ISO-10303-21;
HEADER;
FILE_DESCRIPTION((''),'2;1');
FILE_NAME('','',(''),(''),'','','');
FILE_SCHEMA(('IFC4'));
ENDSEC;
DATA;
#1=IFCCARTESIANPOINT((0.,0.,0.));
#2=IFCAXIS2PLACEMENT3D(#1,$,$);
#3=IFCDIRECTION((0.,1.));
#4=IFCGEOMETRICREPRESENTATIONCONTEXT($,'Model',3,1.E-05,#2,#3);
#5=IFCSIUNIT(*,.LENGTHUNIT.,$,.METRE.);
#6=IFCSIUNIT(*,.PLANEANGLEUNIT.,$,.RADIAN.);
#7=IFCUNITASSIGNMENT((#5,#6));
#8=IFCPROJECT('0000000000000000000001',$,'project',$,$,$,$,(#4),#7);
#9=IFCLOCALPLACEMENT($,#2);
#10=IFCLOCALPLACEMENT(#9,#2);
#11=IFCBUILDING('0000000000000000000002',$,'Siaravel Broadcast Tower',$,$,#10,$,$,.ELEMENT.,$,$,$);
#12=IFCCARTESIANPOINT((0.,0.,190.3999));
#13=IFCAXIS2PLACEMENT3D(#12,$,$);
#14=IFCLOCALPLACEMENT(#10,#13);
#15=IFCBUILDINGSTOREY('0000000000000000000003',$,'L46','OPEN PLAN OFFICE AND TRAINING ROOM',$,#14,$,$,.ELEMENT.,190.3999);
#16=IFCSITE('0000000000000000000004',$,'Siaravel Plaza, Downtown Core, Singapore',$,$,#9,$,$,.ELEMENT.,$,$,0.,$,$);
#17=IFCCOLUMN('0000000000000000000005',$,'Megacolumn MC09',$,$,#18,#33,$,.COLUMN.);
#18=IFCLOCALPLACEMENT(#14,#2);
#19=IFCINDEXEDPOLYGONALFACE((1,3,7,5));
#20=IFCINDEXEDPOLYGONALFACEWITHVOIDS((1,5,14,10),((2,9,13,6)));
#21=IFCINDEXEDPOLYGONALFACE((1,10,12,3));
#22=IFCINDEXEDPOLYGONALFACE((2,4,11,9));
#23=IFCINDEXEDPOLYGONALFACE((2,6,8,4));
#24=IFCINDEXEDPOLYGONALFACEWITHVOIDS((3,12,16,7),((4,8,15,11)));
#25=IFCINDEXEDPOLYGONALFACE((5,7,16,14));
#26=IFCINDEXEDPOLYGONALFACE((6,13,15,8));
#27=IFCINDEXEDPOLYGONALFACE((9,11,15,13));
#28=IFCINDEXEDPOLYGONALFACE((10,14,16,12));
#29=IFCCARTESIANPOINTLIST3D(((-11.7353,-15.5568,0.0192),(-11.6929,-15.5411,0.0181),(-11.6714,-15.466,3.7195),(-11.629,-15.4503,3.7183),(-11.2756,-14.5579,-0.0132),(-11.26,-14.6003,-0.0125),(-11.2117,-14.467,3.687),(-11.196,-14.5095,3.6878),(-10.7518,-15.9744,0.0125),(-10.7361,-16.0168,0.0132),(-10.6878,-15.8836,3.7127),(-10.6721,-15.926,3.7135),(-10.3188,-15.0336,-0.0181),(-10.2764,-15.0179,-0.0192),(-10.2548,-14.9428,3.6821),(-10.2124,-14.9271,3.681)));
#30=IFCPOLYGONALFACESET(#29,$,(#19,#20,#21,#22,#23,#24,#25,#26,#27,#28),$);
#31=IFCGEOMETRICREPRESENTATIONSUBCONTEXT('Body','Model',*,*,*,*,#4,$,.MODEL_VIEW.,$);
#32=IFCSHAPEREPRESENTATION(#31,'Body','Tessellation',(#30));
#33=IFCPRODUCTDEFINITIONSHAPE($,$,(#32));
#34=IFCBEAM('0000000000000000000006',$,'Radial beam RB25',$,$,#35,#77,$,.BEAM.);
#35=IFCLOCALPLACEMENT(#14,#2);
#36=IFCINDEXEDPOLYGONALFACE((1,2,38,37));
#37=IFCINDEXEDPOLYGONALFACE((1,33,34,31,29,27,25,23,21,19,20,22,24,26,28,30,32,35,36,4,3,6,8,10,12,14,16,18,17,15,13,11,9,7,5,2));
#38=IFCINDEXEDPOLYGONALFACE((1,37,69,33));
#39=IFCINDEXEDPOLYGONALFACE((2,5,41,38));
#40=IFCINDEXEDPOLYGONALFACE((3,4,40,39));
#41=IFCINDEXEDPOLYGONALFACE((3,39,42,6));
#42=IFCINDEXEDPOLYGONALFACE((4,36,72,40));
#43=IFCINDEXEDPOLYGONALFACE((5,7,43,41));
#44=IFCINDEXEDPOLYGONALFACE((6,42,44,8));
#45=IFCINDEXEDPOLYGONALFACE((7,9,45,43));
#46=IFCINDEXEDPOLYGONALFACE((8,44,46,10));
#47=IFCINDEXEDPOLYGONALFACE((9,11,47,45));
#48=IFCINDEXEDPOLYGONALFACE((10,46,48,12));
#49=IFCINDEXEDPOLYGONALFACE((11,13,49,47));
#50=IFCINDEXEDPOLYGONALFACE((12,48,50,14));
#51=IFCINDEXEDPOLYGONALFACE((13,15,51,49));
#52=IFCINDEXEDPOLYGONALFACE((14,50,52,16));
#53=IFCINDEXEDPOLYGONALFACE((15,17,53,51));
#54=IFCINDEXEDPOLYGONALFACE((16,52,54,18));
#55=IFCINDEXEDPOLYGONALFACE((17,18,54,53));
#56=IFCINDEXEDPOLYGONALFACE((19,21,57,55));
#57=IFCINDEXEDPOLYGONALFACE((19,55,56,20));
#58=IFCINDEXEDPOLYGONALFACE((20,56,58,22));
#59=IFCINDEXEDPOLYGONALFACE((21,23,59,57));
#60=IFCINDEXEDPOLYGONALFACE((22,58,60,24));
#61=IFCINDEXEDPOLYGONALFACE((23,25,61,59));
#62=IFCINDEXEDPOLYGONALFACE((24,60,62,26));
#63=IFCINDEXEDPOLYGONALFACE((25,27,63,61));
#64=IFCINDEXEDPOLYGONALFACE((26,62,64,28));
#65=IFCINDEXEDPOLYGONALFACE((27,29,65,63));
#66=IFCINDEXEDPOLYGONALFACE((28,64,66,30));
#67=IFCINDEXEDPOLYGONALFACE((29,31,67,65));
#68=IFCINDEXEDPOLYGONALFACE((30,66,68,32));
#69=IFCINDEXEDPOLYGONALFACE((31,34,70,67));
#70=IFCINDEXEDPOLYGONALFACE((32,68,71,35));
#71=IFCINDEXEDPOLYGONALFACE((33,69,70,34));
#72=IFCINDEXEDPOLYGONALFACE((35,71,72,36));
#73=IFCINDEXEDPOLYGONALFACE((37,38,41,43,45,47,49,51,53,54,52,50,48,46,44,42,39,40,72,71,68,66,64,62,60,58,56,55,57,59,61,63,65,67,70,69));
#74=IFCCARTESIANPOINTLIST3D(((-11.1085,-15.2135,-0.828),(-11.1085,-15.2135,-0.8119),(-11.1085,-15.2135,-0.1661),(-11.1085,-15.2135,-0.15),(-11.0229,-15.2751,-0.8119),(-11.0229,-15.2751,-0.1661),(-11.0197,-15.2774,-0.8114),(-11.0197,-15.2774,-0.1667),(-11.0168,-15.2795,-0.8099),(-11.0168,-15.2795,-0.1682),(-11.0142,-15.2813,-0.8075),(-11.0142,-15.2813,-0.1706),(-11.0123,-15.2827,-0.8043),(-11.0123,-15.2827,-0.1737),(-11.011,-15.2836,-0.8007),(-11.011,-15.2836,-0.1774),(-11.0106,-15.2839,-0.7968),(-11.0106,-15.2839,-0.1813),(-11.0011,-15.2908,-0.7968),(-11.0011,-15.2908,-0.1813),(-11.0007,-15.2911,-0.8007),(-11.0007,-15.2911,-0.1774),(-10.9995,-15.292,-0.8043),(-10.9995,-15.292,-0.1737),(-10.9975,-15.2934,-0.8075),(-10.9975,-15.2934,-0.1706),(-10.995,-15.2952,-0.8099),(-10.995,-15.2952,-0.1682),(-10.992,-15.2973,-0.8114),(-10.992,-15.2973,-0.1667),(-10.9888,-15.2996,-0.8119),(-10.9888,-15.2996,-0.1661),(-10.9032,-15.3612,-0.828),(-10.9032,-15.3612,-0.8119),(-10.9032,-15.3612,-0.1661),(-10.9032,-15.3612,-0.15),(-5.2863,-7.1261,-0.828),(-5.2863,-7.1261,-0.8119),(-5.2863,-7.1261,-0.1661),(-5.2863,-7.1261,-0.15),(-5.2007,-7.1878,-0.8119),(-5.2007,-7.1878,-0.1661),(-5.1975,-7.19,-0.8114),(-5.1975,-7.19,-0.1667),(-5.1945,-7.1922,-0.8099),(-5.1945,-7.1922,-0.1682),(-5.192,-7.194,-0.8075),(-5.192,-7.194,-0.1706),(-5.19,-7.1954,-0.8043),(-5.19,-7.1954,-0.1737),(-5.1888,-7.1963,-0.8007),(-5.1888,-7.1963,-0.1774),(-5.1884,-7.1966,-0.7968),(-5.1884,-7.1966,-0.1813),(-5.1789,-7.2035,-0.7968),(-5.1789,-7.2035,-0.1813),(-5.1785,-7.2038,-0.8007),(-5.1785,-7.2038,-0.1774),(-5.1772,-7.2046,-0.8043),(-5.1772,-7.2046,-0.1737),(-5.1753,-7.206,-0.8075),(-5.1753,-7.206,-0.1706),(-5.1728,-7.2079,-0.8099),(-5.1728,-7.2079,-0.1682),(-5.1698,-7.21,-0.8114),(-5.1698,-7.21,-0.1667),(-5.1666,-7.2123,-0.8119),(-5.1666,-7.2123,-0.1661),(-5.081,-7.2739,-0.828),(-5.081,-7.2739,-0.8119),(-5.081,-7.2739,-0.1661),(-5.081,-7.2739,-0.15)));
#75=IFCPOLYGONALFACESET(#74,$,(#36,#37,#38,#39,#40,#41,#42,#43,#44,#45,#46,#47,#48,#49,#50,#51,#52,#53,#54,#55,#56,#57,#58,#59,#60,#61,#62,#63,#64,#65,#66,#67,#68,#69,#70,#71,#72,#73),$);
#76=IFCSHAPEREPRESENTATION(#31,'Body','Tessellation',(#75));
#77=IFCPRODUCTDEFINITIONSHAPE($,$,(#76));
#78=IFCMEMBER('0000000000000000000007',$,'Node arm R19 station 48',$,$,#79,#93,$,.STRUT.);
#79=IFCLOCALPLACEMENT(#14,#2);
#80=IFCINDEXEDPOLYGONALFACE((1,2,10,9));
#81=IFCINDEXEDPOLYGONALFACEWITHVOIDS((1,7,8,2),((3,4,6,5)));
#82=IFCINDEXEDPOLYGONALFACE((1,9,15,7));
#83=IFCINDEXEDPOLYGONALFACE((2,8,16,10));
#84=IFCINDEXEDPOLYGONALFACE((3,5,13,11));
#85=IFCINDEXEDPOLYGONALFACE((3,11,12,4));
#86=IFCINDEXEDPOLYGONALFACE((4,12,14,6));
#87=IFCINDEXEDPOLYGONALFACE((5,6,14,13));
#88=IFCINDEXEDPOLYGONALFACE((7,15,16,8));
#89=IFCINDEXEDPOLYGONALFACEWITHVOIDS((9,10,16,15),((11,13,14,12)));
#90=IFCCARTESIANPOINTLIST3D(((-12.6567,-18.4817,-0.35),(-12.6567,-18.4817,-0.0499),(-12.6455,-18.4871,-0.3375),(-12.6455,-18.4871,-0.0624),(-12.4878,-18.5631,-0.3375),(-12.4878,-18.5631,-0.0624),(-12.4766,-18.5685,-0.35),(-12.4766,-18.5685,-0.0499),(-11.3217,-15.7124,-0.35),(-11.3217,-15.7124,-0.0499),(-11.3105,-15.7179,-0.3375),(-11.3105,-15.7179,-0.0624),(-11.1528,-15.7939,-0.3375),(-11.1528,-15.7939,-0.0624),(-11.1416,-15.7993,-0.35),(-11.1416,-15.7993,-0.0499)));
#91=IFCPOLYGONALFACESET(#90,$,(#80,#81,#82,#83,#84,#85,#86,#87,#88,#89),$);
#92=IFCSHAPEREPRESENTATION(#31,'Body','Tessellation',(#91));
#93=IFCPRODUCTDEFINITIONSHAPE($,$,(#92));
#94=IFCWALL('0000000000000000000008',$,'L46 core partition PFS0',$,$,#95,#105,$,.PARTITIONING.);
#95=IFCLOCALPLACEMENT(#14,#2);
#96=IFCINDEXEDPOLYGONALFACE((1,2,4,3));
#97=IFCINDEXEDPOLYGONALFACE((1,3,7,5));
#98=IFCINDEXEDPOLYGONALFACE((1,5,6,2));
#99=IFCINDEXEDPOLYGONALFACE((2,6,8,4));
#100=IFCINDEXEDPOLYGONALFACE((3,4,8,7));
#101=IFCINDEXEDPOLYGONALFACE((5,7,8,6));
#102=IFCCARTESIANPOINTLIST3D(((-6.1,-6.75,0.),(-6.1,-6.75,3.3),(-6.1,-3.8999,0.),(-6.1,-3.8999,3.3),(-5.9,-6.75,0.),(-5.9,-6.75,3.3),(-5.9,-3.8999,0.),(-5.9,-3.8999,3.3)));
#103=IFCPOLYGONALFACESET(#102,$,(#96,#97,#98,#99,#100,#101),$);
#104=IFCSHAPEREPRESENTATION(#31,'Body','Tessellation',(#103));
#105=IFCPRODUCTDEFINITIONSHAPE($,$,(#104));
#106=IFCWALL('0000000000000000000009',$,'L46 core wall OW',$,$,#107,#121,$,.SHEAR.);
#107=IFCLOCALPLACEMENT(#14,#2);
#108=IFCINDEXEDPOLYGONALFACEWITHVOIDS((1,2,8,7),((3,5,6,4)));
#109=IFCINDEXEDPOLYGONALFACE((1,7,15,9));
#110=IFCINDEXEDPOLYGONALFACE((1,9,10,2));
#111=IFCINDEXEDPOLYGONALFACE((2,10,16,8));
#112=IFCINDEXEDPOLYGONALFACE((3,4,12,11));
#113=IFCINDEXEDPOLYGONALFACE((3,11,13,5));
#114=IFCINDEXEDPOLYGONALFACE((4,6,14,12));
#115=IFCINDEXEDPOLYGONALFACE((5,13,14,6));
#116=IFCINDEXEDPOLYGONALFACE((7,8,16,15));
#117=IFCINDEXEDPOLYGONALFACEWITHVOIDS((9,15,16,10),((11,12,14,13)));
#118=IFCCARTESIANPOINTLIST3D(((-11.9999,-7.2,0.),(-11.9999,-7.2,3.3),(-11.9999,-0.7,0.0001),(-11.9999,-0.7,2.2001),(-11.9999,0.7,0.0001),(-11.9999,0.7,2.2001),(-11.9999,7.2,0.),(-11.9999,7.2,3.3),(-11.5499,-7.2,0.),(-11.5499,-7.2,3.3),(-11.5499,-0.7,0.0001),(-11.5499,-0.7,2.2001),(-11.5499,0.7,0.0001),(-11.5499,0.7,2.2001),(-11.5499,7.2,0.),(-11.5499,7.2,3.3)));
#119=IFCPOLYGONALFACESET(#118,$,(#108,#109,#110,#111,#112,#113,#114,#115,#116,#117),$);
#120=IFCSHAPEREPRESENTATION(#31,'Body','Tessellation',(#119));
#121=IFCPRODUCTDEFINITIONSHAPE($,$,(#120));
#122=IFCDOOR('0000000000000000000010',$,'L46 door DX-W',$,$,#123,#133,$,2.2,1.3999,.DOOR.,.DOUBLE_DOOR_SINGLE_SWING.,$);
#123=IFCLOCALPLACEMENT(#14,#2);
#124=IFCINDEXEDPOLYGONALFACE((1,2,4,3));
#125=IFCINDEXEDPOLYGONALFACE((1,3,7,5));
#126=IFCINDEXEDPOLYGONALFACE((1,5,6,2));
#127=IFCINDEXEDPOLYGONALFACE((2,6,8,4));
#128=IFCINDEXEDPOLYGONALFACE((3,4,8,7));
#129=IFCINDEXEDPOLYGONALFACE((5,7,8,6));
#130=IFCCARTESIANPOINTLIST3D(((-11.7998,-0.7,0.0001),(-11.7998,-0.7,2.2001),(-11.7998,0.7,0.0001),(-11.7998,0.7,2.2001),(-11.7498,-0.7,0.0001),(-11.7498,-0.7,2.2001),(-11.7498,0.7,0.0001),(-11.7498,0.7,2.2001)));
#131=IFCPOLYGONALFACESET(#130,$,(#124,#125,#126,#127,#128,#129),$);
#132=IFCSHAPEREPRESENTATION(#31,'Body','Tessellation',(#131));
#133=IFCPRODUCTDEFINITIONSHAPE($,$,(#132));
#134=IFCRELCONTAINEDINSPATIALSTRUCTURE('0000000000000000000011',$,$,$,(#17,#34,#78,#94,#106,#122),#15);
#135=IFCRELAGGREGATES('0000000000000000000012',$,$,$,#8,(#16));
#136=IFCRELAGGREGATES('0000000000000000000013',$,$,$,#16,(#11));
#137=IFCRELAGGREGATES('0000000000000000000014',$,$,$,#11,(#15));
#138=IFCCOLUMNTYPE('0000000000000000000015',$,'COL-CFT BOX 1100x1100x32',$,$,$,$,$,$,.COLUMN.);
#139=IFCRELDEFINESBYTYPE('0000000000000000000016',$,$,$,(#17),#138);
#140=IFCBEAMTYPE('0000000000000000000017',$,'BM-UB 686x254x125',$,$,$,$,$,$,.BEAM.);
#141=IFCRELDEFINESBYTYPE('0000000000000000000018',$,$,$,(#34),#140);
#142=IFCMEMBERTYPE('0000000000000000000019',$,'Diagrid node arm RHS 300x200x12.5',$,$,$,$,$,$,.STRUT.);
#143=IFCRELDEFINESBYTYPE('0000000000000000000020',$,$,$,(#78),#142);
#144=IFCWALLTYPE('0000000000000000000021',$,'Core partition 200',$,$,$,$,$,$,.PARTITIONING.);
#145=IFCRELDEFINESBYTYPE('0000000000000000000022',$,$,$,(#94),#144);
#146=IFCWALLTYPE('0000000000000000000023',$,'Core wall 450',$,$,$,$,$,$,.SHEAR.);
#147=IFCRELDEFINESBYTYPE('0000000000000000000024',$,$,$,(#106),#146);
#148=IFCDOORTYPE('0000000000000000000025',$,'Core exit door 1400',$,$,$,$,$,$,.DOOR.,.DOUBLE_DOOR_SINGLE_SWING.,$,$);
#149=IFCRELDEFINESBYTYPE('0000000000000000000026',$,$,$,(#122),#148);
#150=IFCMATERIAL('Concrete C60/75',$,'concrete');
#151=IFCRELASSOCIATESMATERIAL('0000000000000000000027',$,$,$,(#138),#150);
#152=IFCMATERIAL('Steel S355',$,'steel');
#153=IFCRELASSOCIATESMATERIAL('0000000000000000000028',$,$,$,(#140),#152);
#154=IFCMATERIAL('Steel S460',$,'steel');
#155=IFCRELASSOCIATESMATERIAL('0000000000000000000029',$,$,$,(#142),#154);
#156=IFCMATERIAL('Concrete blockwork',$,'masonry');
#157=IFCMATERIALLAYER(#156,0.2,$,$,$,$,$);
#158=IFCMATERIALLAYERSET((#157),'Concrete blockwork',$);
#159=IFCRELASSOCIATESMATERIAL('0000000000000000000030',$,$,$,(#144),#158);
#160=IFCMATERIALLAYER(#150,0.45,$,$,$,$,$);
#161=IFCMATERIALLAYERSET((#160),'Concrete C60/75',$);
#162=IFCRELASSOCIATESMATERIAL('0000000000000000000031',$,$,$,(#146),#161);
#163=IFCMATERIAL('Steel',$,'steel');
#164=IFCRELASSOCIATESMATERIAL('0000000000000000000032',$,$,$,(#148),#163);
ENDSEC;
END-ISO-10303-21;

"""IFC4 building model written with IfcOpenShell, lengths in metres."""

from ifc_helpers import new_model, si_unit, direction, frame, frame_2d, origin, origin_2d, place, context, subcontext, project, spatial, rectangle, hollow_rectangle, i_section, extrude, material, layer, layer_set, material_profile, profile_set, type_object, element, fill, save


model = new_model("IFC4")

# Units and contexts
model_context = context("Model", 3, precision=1e-05, world=origin(), true_north=direction((0.0, 1.0)))
body_context = subcontext(model_context, "Body", "Model", "MODEL_VIEW")
ifc_project = project(units=[si_unit("LENGTHUNIT", "METRE"), si_unit("PLANEANGLEUNIT", "RADIAN")], contexts=[model_context])

# Site, building, storey
site_placement = place(None, origin())
site = spatial("IfcSite", under=ifc_project, at=site_placement, Name="Siaravel Plaza, Downtown Core, Singapore", CompositionType="ELEMENT", RefElevation=0.0)
building_placement = place(site_placement, origin())
building = spatial("IfcBuilding", under=site, at=building_placement, Name="Siaravel Broadcast Tower", CompositionType="ELEMENT")
storey_placement = place(building_placement, frame((0.0, 0.0, 190.3999)))
storey = spatial("IfcBuildingStorey", under=building, at=storey_placement, Name="L46", Description="OPEN PLAN OFFICE AND TRAINING ROOM", CompositionType="ELEMENT", Elevation=190.3999)

# Column
ifc_material_1 = material(Name="Concrete C60/75", Category="concrete")
ifc_material_profile_1 = material_profile(ifc_material_1, hollow_rectangle(XDim=1.1001, YDim=1.1001, WallThickness=0.032, at=origin_2d()))
ifc_profile_set_1 = profile_set([ifc_material_profile_1], Name="Concrete C60/75")
column_type = type_object("IfcColumnType", Name="COL-CFT BOX 1100x1100x32", PredefinedType="COLUMN", material=ifc_profile_set_1)
column_placement = place(storey_placement, frame((-11.0059, -15.2874, 0.0), z_axis=(0.017279, 0.024534, 0.99955), x_axis=(-0.908344, 0.418189, 0.005438)))
element("IfcColumn", 1, at=column_placement, inside=storey, type_object=column_type, Name="Megacolumn MC09", PredefinedType="COLUMN", context=body_context, shape_type="SweptSolid", body=[
    extrude(hollow_rectangle(XDim=1.1001, YDim=1.1001, WallThickness=0.032, at=origin_2d()), origin(), (0.0, 0.0, 1.0), 3.7019),
])

# Beam
ifc_material_2 = material(Name="Steel S355", Category="steel")
ifc_material_profile_2 = material_profile(ifc_material_2, i_section(OverallWidth=0.2529, OverallDepth=0.678, WebThickness=0.0117, FlangeThickness=0.0161, FilletRadius=0.0151, at=origin_2d()))
ifc_profile_set_2 = profile_set([ifc_material_profile_2], Name="Steel S355")
beam_type = type_object("IfcBeamType", Name="BM-UB 686x254x125", PredefinedType="BEAM", material=ifc_profile_set_2)
beam_placement = place(storey_placement, frame((-11.0059, -15.2874, -0.489), z_axis=(0.584261, 0.811566, 0.0), x_axis=(-0.811566, 0.584261, 0.0)))
element("IfcBeam", 2, at=beam_placement, inside=storey, type_object=beam_type, Name="Radial beam RB25", PredefinedType="BEAM", context=body_context, shape_type="SweptSolid", body=[
    extrude(i_section(OverallWidth=0.2529, OverallDepth=0.678, WebThickness=0.0117, FlangeThickness=0.0161, FilletRadius=0.0151, at=origin_2d()), origin(), (0.0, 0.0, 1.0), 9.9651),
])

# Member
ifc_material_3 = material(Name="Steel S460", Category="steel")
ifc_material_profile_3 = material_profile(ifc_material_3, hollow_rectangle(XDim=0.2, YDim=0.3, WallThickness=0.0125, at=origin_2d()))
ifc_profile_set_3 = profile_set([ifc_material_profile_3], Name="Steel S460")
member_type = type_object("IfcMemberType", Name="Diagrid node arm RHS 300x200x12.5", PredefinedType="STRUT", material=ifc_profile_set_3)
member_placement = place(storey_placement, frame((-11.2317, -15.7559, -0.2), z_axis=(-0.434238, -0.900798, 0.0), x_axis=(0.900798, -0.434238, 0.0)))
element("IfcMember", 3, at=member_placement, inside=storey, type_object=member_type, Name="Node arm R19 station 48", PredefinedType="STRUT", context=body_context, shape_type="SweptSolid", body=[
    extrude(hollow_rectangle(XDim=0.2, YDim=0.3, WallThickness=0.0125, at=origin_2d()), origin(), (0.0, 0.0, 1.0), 3.0742),
])

# Wall
ifc_material_4 = material(Name="Concrete blockwork", Category="masonry")
ifc_layer_1 = layer(ifc_material_4, 0.2)
ifc_layer_set_1 = layer_set([ifc_layer_1], Name="Concrete blockwork")
wall_type_1 = type_object("IfcWallType", Name="Core partition 200", PredefinedType="PARTITIONING", material=ifc_layer_set_1)
wall_1_placement = place(storey_placement, frame((-6.0, -6.75, 0.0), z_axis=(0.0, 0.0, 1.0), x_axis=(0.0, 1.0, 0.0)))
element("IfcWall", 4, at=wall_1_placement, inside=storey, type_object=wall_type_1, Name="L46 core partition PFS0", PredefinedType="PARTITIONING", context=body_context, shape_type="SweptSolid", body=[
    extrude(rectangle(XDim=2.8501, YDim=0.2, at=frame_2d((1.425, 0.0))), origin(), (0.0, 0.0, 1.0), 3.3),
])

# Wall, opening, door
ifc_layer_2 = layer(ifc_material_1, 0.45)
ifc_layer_set_2 = layer_set([ifc_layer_2], Name="Concrete C60/75")
wall_type_2 = type_object("IfcWallType", Name="Core wall 450", PredefinedType="SHEAR", material=ifc_layer_set_2)
wall_2_placement = place(storey_placement, frame((-11.7749, -7.2, 0.0), z_axis=(0.0, 0.0, 1.0), x_axis=(0.0, 1.0, 0.0)))
wall_2 = element("IfcWall", 5, at=wall_2_placement, inside=storey, type_object=wall_type_2, Name="L46 core wall OW", PredefinedType="SHEAR", context=body_context, shape_type="SweptSolid", body=[
    extrude(rectangle(XDim=14.3999, YDim=0.45, at=frame_2d((7.2, 0.0))), origin(), (0.0, 0.0, 1.0), 3.3),
])
opening_1_placement = place(wall_2_placement, frame((6.5, 0.0, 0.0)))
opening_1 = element("IfcOpeningElement", 6, at=opening_1_placement, cuts=wall_2, PredefinedType="OPENING", context=body_context, shape_type="SweptSolid", body=[
    extrude(rectangle(XDim=1.3999, YDim=2.2, at=frame_2d((0.7, 1.1001))), frame((0.0, 0.2349, 0.0), z_axis=(0.0, -1.0, 0.0), x_axis=(1.0, 0.0, 0.0)), (0.0, 0.0, 1.0), 0.47),
])
ifc_material_5 = material(Name="Steel", Category="steel")
door_type_1 = type_object("IfcDoorType", Name="Core exit door 1400", OperationType="DOUBLE_DOOR_SINGLE_SWING", PredefinedType="DOOR", material=ifc_material_5)
door_1_placement = place(opening_1_placement, origin())
door_1 = element("IfcDoor", 7, at=door_1_placement, inside=storey, type_object=door_type_1, Name="L46 door DX-W", OperationType="DOUBLE_DOOR_SINGLE_SWING", OverallHeight=2.2, OverallWidth=1.3999, PredefinedType="DOOR", context=body_context, shape_type="SweptSolid", body=[
    extrude(rectangle(XDim=1.3999, YDim=2.2, at=frame_2d((0.7, 1.1001))), frame((0.0, 0.0249, 0.0), z_axis=(0.0, -1.0, 0.0), x_axis=(1.0, 0.0, 0.0)), (0.0, 0.0, 1.0), 0.05),
])
fill(opening_1, door_1)

save(model, "model.ifc")
